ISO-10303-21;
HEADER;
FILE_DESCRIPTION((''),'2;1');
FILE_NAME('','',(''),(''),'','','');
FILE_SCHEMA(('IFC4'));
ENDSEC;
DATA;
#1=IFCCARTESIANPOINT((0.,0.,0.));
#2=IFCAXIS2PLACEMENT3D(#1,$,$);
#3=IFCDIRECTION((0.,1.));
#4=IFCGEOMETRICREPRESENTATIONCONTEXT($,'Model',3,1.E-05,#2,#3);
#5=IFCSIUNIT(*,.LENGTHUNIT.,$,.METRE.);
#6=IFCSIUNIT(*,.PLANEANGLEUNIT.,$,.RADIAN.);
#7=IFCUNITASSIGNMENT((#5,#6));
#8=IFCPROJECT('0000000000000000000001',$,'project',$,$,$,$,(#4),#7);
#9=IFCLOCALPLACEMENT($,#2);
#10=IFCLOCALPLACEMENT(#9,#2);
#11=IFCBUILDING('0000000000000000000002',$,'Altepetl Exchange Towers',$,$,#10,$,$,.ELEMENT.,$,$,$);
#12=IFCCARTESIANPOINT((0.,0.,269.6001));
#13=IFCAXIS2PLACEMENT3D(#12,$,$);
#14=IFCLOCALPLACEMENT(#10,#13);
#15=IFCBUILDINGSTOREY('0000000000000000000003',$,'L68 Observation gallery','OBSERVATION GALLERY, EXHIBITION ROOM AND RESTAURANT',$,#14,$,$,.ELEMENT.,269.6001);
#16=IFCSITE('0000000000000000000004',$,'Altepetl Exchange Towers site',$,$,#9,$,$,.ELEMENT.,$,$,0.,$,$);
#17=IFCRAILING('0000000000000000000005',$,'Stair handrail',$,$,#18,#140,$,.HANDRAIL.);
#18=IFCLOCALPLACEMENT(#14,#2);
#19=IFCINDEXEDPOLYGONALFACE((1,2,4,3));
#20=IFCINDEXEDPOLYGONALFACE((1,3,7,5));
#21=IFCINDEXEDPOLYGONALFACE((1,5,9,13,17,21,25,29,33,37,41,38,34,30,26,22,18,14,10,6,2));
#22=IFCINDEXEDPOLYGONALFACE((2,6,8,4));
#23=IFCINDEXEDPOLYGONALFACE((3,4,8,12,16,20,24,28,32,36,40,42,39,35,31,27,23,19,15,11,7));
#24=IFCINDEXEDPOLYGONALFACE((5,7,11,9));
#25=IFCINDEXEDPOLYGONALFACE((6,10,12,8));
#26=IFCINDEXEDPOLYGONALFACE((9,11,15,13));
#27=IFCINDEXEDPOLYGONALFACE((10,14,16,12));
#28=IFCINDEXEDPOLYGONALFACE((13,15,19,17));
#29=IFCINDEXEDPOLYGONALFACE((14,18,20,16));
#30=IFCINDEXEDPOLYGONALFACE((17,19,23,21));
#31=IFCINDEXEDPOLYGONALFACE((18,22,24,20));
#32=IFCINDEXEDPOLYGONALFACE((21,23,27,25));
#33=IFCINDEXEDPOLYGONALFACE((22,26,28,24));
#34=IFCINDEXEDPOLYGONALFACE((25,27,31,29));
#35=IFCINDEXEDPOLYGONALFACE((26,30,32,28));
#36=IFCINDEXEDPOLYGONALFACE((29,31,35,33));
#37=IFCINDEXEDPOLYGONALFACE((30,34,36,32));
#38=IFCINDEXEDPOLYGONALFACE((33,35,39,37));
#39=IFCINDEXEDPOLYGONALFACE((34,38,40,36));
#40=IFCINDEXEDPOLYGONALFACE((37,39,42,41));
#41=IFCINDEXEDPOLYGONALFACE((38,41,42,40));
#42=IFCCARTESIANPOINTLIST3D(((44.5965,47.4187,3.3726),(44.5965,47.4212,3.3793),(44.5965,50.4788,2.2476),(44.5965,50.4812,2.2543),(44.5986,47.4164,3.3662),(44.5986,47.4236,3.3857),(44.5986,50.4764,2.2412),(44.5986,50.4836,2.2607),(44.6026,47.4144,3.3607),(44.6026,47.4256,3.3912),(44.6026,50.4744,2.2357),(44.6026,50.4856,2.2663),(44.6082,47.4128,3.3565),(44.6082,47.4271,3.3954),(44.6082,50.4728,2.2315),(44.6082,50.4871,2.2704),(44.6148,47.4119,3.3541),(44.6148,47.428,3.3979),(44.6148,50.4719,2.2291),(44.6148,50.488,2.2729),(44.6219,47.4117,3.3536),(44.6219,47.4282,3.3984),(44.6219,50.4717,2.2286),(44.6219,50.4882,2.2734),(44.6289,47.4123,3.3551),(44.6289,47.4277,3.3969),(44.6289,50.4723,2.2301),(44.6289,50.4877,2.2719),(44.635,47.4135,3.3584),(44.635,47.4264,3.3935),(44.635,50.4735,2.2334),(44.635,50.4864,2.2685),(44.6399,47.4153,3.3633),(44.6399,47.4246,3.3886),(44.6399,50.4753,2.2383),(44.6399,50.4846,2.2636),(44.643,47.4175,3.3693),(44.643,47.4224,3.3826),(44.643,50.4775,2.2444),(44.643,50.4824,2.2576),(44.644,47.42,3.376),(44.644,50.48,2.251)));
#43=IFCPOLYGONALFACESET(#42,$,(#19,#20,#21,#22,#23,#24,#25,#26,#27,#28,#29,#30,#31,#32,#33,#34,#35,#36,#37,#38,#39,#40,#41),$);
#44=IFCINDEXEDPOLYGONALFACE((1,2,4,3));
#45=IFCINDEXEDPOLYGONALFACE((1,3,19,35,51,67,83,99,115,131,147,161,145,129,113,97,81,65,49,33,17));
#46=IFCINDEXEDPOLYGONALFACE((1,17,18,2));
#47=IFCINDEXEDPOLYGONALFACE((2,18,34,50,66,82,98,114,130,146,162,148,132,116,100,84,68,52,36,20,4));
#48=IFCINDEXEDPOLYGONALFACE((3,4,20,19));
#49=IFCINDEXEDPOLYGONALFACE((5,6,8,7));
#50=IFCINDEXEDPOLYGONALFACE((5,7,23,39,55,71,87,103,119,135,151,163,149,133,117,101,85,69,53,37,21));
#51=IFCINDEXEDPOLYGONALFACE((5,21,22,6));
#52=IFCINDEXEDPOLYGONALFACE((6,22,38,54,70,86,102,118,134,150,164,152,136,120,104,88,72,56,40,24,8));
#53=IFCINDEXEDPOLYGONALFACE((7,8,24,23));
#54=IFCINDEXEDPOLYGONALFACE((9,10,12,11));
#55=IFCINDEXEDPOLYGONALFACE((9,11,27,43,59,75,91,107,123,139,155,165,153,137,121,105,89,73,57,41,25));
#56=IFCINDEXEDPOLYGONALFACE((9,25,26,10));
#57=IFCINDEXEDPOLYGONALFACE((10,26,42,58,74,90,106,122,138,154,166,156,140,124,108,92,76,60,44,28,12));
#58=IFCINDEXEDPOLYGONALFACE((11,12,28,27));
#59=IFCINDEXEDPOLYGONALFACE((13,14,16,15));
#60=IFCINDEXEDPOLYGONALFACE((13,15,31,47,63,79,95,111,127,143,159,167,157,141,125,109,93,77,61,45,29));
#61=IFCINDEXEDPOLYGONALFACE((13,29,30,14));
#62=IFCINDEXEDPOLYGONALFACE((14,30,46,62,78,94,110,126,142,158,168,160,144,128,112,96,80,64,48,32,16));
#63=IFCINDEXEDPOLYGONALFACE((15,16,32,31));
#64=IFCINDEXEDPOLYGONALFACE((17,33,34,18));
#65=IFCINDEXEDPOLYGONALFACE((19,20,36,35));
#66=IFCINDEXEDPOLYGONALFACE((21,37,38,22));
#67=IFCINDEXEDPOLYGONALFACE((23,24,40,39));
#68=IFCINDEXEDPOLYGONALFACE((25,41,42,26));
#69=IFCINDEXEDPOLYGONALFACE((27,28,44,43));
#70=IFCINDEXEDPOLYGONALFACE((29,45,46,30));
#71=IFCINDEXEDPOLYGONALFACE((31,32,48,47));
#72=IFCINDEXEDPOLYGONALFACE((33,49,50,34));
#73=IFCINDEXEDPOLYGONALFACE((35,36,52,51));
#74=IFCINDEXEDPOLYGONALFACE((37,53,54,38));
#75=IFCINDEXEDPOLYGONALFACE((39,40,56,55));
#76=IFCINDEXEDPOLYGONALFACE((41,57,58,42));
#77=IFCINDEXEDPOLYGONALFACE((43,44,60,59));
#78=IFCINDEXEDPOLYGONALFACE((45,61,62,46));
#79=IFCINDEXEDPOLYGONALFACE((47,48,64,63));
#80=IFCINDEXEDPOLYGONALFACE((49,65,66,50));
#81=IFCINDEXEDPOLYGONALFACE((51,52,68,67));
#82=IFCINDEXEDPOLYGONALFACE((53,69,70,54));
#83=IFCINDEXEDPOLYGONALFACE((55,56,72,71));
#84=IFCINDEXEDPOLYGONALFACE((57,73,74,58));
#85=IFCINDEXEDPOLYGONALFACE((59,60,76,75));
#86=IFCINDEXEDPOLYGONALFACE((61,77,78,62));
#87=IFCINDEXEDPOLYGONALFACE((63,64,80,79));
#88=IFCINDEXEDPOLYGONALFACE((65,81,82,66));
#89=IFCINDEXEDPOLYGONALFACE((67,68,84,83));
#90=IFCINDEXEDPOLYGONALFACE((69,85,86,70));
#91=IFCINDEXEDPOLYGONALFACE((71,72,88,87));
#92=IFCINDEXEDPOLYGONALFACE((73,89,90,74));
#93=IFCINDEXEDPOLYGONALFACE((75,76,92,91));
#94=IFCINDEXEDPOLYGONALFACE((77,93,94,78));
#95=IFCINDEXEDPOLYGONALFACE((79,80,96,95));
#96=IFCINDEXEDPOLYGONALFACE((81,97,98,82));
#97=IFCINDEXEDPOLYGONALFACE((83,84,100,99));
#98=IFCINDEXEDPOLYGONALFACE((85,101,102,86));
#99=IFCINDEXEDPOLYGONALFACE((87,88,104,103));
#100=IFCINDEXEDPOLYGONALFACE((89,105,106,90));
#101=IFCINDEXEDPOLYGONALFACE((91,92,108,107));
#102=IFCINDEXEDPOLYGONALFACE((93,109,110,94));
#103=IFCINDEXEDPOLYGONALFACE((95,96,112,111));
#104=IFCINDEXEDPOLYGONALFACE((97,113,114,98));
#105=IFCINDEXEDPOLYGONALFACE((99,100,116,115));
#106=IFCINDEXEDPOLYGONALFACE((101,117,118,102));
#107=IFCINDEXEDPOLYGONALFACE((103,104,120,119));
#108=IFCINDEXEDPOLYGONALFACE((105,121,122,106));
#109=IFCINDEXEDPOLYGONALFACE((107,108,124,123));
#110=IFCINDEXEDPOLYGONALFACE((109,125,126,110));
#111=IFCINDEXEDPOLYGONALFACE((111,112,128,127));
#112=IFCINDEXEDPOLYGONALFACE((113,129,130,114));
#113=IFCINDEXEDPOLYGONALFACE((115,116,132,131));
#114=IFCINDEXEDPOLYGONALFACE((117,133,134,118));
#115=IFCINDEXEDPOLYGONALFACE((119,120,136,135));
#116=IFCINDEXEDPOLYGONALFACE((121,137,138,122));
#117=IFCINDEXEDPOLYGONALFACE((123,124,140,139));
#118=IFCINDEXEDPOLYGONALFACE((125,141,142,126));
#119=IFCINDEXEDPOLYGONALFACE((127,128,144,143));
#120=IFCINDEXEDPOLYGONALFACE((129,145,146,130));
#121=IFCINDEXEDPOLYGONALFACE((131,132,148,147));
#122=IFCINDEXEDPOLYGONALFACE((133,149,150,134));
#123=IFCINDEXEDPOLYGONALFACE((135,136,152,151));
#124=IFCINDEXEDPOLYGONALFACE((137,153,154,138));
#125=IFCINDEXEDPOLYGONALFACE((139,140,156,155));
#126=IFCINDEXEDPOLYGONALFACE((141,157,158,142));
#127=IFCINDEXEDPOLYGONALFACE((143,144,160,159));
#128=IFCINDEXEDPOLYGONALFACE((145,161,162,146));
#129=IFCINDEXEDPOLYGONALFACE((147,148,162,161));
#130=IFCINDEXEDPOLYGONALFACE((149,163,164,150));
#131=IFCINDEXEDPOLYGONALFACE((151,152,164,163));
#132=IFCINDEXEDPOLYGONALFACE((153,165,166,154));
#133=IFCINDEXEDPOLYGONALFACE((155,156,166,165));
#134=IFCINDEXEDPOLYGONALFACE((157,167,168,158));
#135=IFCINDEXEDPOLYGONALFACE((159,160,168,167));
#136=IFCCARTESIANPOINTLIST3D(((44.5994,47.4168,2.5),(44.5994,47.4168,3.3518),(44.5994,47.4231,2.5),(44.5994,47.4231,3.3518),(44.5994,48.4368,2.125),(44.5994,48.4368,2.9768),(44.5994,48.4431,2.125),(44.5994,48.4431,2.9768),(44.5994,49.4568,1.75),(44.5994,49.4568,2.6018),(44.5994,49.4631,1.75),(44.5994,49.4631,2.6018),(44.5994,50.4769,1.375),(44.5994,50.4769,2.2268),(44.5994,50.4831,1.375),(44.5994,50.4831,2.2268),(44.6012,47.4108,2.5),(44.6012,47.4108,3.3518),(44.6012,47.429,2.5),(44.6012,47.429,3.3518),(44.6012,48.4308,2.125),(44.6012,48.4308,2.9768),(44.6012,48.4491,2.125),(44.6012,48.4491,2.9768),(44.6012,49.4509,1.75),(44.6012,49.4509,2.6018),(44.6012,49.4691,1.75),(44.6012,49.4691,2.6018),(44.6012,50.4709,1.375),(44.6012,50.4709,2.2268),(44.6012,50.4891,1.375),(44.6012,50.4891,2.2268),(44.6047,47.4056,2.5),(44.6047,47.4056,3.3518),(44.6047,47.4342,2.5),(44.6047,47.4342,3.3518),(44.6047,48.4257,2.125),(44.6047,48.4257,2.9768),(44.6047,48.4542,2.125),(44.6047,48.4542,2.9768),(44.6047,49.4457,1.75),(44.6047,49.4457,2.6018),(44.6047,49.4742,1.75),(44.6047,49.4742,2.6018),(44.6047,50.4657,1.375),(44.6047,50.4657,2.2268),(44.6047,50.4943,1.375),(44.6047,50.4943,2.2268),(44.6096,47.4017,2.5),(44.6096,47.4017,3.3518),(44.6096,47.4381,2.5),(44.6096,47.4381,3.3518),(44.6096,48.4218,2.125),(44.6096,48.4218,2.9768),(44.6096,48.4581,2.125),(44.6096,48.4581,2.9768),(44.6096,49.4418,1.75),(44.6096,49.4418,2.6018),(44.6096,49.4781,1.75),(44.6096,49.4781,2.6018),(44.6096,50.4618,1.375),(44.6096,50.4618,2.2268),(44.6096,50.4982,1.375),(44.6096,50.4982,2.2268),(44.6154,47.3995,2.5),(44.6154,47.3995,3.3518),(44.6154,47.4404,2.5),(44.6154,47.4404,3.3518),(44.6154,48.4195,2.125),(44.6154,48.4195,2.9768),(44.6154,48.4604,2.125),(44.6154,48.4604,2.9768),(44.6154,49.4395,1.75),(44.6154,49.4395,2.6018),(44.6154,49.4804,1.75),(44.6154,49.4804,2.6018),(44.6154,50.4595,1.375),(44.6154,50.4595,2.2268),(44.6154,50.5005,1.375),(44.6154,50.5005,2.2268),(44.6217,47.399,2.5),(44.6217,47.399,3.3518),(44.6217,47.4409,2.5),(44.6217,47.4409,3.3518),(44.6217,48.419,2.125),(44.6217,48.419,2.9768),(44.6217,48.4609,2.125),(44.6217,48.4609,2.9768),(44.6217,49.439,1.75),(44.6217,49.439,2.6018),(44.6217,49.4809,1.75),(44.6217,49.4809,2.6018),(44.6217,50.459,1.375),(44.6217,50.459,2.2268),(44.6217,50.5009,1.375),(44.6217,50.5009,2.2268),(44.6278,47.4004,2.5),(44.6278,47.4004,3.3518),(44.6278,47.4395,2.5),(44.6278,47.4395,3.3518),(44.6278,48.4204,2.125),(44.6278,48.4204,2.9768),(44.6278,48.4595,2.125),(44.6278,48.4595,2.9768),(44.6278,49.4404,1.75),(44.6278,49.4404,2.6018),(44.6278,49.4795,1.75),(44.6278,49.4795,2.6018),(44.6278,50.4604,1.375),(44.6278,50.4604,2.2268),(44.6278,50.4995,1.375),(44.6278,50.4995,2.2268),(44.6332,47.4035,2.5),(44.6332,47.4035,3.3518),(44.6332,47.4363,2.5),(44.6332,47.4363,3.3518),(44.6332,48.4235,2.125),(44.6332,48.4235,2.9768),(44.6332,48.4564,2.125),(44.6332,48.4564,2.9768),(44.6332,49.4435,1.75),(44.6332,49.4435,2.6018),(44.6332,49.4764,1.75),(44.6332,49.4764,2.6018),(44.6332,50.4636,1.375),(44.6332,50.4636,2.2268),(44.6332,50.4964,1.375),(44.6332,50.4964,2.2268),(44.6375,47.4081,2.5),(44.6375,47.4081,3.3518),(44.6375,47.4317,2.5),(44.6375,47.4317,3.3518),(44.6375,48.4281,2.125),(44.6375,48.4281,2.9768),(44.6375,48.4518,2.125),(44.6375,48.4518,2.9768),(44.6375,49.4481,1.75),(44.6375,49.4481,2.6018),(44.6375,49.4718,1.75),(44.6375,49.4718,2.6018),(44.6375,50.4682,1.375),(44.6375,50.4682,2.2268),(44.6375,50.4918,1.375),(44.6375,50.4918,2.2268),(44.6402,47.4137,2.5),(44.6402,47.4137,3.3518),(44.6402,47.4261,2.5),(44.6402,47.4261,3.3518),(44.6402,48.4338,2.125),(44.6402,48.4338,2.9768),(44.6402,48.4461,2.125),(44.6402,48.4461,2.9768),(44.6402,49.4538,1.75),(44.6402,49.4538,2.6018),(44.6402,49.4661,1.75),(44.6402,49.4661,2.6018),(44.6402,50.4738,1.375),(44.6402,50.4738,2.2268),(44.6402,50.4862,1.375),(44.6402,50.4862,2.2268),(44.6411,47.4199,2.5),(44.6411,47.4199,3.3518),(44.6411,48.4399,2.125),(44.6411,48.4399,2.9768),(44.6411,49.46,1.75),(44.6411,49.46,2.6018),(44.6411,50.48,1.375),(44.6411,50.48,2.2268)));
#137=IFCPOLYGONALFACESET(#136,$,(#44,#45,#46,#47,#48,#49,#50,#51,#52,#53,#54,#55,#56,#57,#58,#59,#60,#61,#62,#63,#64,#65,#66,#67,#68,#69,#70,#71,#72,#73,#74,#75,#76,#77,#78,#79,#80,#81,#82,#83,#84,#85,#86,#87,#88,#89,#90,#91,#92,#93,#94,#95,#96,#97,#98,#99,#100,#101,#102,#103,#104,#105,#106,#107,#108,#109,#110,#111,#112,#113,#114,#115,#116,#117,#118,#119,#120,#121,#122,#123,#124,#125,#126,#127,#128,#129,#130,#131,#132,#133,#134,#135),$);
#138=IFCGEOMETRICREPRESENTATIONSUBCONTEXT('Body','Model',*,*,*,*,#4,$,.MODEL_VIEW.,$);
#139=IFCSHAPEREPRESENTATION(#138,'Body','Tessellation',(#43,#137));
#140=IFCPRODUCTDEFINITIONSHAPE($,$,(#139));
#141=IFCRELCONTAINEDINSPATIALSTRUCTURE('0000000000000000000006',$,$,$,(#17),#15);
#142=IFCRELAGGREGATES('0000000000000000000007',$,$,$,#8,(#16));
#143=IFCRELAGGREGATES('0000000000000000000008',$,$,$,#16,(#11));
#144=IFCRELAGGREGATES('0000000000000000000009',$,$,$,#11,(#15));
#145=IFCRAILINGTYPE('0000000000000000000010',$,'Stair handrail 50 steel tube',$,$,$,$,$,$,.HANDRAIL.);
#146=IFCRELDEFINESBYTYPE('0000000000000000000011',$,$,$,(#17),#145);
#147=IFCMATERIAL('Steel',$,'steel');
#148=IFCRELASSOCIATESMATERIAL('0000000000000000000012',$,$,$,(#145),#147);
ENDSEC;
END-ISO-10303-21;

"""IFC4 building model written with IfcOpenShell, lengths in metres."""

from ifc_helpers import new_model, si_unit, direction, frame, origin, origin_2d, place, context, subcontext, project, spatial, circle, extrude, source, transform, mapped, material, type_object, element, save


model = new_model("IFC4")

# Units and contexts
model_context = context("Model", 3, precision=1e-05, world=origin(), true_north=direction((0.0, 1.0)))
body_context = subcontext(model_context, "Body", "Model", "MODEL_VIEW")
ifc_project = project(units=[si_unit("LENGTHUNIT", "METRE"), si_unit("PLANEANGLEUNIT", "RADIAN")], contexts=[model_context])

# Site, building, storey
site_placement = place(None, origin())
site = spatial("IfcSite", under=ifc_project, at=site_placement, Name="Altepetl Exchange Towers site", CompositionType="ELEMENT", RefElevation=0.0)
building_placement = place(site_placement, origin())
building = spatial("IfcBuilding", under=site, at=building_placement, Name="Altepetl Exchange Towers", CompositionType="ELEMENT")
storey_placement = place(building_placement, frame((0.0, 0.0, 269.6001)))
storey = spatial("IfcBuildingStorey", under=building, at=storey_placement, Name="L68 Observation gallery", Description="OBSERVATION GALLERY, EXHIBITION ROOM AND RESTAURANT", CompositionType="ELEMENT", Elevation=269.6001)

# Railing
ifc_material_1 = material(Name="Steel", Category="steel")
railing_type = type_object("IfcRailingType", Name="Stair handrail 50 steel tube", PredefinedType="HANDRAIL", material=ifc_material_1)
shared_shape = source(origin(), body_context, "Body", "SweptSolid", [
    extrude(circle(Radius=0.021, at=origin_2d()), origin(), (0.0, 0.0, 1.0), 0.8518),
])
for number, where, name in (
    (1, (44.6201, 50.48, 1.375), "Stair handrail"),
):
    element("IfcRailing", number, at=place(storey_placement, frame(where)), inside=storey, type_object=railing_type, Name=name, PredefinedType="HANDRAIL", context=body_context, shape_type="SweptSolid", body=[
        extrude(circle(Radius=0.0239, at=origin_2d()), frame((0.0, 0.0, 0.876), z_axis=(0.0, -0.938581, 0.34506), x_axis=(1.0, 0.0, 0.0)), (0.0, 0.0, 1.0), 3.2603),
        mapped(shared_shape, transform((0.0, 0.0, 0.0))),
        mapped(shared_shape, transform((0.0, -1.02, 0.375))),
        mapped(shared_shape, transform((0.0, -2.04, 0.75))),
        mapped(shared_shape, transform((0.0, -3.0601, 1.125))),
    ])

save(model, "model.ifc")
